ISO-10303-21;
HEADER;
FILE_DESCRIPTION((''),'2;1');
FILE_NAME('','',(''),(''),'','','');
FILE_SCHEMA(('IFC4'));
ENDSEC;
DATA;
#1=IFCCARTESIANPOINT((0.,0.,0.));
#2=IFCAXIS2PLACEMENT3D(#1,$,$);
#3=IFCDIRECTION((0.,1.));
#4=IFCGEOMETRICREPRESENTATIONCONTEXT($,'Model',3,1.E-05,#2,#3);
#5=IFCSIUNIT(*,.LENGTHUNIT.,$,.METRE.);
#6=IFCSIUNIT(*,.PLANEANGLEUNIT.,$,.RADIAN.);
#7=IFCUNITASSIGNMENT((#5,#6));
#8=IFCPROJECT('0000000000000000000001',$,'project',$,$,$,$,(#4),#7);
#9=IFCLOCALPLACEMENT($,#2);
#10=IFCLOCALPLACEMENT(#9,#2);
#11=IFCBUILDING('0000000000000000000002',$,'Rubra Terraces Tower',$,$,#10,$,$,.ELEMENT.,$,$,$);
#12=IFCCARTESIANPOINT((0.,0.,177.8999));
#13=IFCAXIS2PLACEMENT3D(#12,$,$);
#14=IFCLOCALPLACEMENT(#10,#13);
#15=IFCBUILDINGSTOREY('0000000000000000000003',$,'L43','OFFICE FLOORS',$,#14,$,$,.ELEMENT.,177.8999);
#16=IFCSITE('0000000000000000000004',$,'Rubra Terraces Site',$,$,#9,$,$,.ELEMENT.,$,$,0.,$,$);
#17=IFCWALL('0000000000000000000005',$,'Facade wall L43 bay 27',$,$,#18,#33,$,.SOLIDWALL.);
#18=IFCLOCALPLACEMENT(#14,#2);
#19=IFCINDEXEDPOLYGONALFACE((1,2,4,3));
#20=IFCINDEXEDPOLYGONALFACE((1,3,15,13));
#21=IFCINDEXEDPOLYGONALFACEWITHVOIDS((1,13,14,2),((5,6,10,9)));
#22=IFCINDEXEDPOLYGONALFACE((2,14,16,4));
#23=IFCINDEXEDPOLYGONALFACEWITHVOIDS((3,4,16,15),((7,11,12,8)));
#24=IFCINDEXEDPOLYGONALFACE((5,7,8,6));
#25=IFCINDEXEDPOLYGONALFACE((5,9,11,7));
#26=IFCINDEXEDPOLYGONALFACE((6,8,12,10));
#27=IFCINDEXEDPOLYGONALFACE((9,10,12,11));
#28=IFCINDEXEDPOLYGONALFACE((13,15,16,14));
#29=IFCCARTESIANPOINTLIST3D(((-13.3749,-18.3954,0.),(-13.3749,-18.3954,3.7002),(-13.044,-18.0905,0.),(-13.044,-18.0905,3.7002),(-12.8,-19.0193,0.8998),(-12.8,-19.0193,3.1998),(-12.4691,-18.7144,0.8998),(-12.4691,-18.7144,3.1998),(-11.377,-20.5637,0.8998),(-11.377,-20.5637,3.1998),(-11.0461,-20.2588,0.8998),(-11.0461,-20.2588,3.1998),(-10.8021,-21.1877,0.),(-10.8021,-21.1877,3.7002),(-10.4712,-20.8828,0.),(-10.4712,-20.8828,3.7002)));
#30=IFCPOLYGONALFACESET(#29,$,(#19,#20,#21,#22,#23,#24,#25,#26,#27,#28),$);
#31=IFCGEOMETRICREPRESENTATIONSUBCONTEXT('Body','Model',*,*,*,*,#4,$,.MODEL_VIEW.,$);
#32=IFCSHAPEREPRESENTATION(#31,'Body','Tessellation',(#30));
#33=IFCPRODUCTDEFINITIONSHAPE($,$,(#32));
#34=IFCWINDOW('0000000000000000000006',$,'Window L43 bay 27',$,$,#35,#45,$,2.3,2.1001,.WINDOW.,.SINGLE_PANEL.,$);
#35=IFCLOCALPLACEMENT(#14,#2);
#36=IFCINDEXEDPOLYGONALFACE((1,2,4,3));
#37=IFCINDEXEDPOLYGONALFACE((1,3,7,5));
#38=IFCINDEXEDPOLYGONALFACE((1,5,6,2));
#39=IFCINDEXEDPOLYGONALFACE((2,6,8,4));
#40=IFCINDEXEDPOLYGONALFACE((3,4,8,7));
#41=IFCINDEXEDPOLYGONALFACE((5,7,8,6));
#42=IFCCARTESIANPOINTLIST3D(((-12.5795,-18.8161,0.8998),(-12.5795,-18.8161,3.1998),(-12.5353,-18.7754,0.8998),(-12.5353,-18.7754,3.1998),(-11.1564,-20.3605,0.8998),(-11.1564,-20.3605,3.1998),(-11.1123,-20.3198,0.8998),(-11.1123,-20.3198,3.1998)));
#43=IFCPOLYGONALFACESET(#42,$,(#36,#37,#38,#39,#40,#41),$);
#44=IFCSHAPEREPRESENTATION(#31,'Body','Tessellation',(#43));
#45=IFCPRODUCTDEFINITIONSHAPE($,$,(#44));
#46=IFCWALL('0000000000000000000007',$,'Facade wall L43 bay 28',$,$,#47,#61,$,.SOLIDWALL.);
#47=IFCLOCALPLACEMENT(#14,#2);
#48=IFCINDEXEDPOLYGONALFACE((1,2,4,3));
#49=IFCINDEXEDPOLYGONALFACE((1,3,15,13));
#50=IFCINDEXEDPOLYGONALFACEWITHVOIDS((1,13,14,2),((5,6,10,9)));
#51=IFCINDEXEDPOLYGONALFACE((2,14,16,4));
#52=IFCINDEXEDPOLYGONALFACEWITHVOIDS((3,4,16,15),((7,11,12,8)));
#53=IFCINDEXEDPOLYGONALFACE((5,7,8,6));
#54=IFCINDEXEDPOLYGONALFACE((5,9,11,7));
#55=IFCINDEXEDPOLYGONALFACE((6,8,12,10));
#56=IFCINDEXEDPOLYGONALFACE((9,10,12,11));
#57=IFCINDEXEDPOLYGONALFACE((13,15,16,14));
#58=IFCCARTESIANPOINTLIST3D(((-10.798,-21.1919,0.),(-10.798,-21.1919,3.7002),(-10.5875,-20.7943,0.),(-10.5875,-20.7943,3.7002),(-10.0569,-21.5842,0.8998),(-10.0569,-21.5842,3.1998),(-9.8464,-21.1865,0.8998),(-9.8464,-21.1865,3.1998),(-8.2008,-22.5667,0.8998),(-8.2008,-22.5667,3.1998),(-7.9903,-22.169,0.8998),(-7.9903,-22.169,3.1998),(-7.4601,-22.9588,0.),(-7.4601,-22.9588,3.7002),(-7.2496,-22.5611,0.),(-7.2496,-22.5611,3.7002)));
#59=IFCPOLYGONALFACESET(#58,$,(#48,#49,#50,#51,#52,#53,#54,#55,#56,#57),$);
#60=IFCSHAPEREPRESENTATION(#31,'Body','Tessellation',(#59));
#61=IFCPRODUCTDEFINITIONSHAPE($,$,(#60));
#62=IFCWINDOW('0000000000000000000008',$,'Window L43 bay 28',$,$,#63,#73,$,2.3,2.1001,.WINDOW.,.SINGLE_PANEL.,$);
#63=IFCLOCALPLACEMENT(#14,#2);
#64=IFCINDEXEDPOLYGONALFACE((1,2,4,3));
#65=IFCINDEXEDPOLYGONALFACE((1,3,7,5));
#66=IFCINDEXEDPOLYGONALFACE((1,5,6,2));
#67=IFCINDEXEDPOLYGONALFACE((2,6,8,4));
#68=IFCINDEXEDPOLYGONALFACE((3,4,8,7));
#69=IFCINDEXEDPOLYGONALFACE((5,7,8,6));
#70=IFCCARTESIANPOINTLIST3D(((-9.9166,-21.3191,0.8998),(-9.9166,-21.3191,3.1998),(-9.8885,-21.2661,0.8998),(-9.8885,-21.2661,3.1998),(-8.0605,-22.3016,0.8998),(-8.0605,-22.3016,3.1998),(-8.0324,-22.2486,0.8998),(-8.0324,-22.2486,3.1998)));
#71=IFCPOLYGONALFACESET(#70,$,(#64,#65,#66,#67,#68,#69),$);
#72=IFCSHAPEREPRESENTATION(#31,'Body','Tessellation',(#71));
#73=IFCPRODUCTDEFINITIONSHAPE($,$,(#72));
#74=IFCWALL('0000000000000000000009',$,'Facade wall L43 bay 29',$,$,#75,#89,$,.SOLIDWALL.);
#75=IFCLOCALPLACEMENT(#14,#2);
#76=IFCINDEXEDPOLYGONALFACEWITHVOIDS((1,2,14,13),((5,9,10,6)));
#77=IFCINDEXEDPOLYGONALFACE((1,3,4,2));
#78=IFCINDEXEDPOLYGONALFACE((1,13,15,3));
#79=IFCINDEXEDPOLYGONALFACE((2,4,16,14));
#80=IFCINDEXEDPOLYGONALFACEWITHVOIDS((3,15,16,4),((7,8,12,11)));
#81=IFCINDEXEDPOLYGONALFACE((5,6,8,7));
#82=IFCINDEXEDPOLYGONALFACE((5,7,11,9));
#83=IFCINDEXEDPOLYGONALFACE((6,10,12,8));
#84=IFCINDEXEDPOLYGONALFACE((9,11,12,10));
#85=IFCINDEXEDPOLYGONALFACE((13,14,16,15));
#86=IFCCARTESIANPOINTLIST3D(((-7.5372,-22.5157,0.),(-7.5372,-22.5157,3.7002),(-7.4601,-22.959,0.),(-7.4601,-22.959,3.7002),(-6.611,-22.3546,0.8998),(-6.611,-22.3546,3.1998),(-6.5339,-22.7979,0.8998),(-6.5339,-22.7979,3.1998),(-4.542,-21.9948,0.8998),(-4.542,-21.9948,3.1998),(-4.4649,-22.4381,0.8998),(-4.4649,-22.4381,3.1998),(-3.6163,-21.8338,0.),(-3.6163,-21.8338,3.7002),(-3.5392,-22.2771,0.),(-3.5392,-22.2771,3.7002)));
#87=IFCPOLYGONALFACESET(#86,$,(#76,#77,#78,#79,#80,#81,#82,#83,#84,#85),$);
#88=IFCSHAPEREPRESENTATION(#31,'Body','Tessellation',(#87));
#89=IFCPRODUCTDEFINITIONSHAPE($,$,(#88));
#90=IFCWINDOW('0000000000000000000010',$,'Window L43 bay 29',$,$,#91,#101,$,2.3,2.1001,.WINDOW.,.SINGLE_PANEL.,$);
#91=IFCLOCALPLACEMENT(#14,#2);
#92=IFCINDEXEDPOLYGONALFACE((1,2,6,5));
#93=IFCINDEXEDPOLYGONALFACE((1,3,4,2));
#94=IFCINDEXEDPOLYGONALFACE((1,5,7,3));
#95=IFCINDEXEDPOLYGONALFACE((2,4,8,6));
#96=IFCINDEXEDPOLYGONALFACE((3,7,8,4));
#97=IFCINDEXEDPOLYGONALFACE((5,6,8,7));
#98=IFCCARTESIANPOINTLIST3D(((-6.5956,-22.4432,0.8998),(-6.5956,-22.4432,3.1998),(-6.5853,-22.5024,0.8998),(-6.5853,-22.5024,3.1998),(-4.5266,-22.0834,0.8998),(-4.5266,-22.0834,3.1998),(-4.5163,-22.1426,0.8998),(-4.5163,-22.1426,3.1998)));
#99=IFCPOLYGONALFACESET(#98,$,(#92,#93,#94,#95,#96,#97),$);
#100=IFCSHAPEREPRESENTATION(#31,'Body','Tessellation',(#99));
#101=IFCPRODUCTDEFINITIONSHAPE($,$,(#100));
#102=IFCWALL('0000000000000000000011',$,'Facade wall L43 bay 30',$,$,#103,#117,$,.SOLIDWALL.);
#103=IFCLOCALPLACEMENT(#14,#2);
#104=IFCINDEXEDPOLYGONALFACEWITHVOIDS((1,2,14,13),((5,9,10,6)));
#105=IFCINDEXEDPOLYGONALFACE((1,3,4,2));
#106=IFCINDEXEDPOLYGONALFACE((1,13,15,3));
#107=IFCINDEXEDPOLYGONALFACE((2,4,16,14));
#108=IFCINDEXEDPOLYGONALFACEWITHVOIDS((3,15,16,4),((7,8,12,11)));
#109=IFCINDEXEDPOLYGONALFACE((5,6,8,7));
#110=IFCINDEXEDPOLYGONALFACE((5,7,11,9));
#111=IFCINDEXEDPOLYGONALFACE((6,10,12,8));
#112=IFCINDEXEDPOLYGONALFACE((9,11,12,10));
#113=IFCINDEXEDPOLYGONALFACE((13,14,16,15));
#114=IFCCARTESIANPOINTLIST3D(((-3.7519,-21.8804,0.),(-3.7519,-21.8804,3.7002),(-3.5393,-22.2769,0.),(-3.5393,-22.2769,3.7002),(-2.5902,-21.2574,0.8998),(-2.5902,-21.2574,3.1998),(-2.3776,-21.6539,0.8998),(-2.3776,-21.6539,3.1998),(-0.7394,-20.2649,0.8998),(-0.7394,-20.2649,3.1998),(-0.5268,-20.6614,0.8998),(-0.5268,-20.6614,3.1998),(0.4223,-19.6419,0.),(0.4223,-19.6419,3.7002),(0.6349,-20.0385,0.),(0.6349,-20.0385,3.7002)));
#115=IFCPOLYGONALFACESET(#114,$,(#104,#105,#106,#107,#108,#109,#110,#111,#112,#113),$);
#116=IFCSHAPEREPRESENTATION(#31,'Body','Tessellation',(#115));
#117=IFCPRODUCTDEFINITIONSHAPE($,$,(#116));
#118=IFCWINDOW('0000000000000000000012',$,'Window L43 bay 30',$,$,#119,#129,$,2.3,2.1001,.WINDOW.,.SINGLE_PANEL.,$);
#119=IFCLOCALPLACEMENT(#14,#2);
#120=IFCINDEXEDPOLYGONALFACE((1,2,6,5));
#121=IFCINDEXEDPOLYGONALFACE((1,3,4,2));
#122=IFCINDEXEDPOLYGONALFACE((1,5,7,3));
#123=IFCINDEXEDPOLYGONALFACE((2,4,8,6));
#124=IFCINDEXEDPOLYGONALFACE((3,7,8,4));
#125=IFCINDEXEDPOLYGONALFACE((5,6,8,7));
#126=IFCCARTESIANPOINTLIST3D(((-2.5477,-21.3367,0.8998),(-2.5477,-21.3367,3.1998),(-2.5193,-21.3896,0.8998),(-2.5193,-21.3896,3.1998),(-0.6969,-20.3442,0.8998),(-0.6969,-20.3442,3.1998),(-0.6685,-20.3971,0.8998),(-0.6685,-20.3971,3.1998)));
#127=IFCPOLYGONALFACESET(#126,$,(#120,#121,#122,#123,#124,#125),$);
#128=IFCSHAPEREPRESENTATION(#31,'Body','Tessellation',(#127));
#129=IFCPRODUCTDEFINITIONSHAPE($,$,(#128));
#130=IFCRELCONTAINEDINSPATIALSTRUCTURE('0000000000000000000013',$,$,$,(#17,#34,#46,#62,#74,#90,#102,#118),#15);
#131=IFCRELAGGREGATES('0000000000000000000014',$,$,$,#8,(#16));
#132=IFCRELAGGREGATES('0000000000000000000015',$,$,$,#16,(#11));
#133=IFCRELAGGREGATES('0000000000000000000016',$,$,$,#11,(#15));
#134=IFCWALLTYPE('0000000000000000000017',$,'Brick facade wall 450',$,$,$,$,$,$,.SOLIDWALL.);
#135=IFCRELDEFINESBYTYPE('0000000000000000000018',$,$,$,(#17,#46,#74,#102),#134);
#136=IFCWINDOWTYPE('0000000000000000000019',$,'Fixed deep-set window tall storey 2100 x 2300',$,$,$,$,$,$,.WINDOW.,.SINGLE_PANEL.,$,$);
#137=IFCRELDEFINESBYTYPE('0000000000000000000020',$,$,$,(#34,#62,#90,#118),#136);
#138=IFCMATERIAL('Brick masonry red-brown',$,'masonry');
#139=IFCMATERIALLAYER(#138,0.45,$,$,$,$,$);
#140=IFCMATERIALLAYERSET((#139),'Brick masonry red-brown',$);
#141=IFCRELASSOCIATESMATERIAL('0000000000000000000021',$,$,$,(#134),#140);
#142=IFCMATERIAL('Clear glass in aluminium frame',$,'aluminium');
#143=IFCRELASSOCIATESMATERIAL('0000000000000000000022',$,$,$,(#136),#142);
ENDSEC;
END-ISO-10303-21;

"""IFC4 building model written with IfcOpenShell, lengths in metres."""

from ifc_helpers import new_model, si_unit, direction, frame, frame_2d, origin, place, context, subcontext, project, spatial, rectangle, extrude, material, layer, layer_set, type_object, element, fill, save


model = new_model("IFC4")

# Units and contexts
model_context = context("Model", 3, precision=1e-05, world=origin(), true_north=direction((0.0, 1.0)))
body_context = subcontext(model_context, "Body", "Model", "MODEL_VIEW")
ifc_project = project(units=[si_unit("LENGTHUNIT", "METRE"), si_unit("PLANEANGLEUNIT", "RADIAN")], contexts=[model_context])

# Site, building, storey
site_placement = place(None, origin())
site = spatial("IfcSite", under=ifc_project, at=site_placement, Name="Rubra Terraces Site", CompositionType="ELEMENT", RefElevation=0.0)
building_placement = place(site_placement, origin())
building = spatial("IfcBuilding", under=site, at=building_placement, Name="Rubra Terraces Tower", CompositionType="ELEMENT")
storey_placement = place(building_placement, frame((0.0, 0.0, 177.8999)))
storey = spatial("IfcBuildingStorey", under=building, at=storey_placement, Name="L43", Description="OFFICE FLOORS", CompositionType="ELEMENT", Elevation=177.8999)

# Walls, openings, windows
ifc_material_1 = material(Name="Brick masonry red-brown", Category="masonry")
ifc_layer_1 = layer(ifc_material_1, 0.45)
ifc_layer_set_1 = layer_set([ifc_layer_1], Name="Brick masonry red-brown")
wall_type_1 = type_object("IfcWallType", Name="Brick facade wall 450", PredefinedType="SOLIDWALL", material=ifc_layer_set_1)
wall_1_placement = place(storey_placement, frame((-13.2095, -18.2429, 0.0), z_axis=(0.0, 0.0, 1.0), x_axis=(0.677612, -0.735419, 0.0)))
wall_1 = element("IfcWall", 1, at=wall_1_placement, inside=storey, type_object=wall_type_1, Name="Facade wall L43 bay 27", PredefinedType="SOLIDWALL", context=body_context, shape_type="SweptSolid", body=[
    extrude(rectangle(XDim=3.7969, YDim=0.45, at=frame_2d((1.8984, 0.0))), origin(), (0.0, 0.0, 1.0), 3.7002),
])
opening_1_placement = place(wall_1_placement, frame((0.8484, 0.0, 0.8999)))
opening_1 = element("IfcOpeningElement", 2, at=opening_1_placement, cuts=wall_1, PredefinedType="OPENING", context=body_context, shape_type="SweptSolid", body=[
    extrude(rectangle(XDim=2.1001, YDim=2.3, at=frame_2d((1.05, 1.1499))), frame((0.0, 0.2349, 0.0), z_axis=(0.0, -1.0, 0.0), x_axis=(1.0, 0.0, 0.0)), (0.0, 0.0, 1.0), 0.47),
])
ifc_material_2 = material(Name="Clear glass in aluminium frame", Category="aluminium")
window_type = type_object("IfcWindowType", Name="Fixed deep-set window tall storey 2100 x 2300", PartitioningType="SINGLE_PANEL", PredefinedType="WINDOW", material=ifc_material_2)
window_1_placement = place(opening_1_placement, origin())
window_1 = element("IfcWindow", 3, at=window_1_placement, inside=storey, type_object=window_type, Name="Window L43 bay 27", OverallHeight=2.3, OverallWidth=2.1001, PartitioningType="SINGLE_PANEL", PredefinedType="WINDOW", context=body_context, shape_type="SweptSolid", body=[
    extrude(rectangle(XDim=2.1001, YDim=2.3, at=frame_2d((1.05, 1.1499))), frame((0.0, 0.135, 0.0), z_axis=(0.0, -1.0, 0.0), x_axis=(1.0, 0.0, 0.0)), (0.0, 0.0, 1.0), 0.0601),
])
fill(opening_1, window_1)
wall_2_placement = place(storey_placement, frame((-10.6926, -20.9932, 0.0), z_axis=(0.0, 0.0, 1.0), x_axis=(0.883818, -0.467831, 0.0)))
wall_2 = element("IfcWall", 4, at=wall_2_placement, inside=storey, type_object=wall_type_1, Name="Facade wall L43 bay 28", PredefinedType="SOLIDWALL", context=body_context, shape_type="SweptSolid", body=[
    extrude(rectangle(XDim=3.7766, YDim=0.45, at=frame_2d((1.8882, 0.0))), origin(), (0.0, 0.0, 1.0), 3.7002),
])
opening_2_placement = place(wall_2_placement, frame((0.8384, 0.0, 0.8999)))
opening_2 = element("IfcOpeningElement", 5, at=opening_2_placement, cuts=wall_2, PredefinedType="OPENING", context=body_context, shape_type="SweptSolid", body=[
    extrude(rectangle(XDim=2.1001, YDim=2.3, at=frame_2d((1.05, 1.1499))), frame((0.0, 0.2349, 0.0), z_axis=(0.0, -1.0, 0.0), x_axis=(1.0, 0.0, 0.0)), (0.0, 0.0, 1.0), 0.47),
])
window_2_placement = place(opening_2_placement, origin())
window_2 = element("IfcWindow", 6, at=window_2_placement, inside=storey, type_object=window_type, Name="Window L43 bay 28", OverallHeight=2.3, OverallWidth=2.1001, PartitioningType="SINGLE_PANEL", PredefinedType="WINDOW", context=body_context, shape_type="SweptSolid", body=[
    extrude(rectangle(XDim=2.1001, YDim=2.3, at=frame_2d((1.05, 1.1499))), frame((0.0, 0.135, 0.0), z_axis=(0.0, -1.0, 0.0), x_axis=(1.0, 0.0, 0.0)), (0.0, 0.0, 1.0), 0.0601),
])
fill(opening_2, window_2)
wall_3_placement = place(storey_placement, frame((-7.4985, -22.7373, 0.0), z_axis=(0.0, 0.0, 1.0), x_axis=(0.985212, 0.171339, 0.0)))
wall_3 = element("IfcWall", 7, at=wall_3_placement, inside=storey, type_object=wall_type_1, Name="Facade wall L43 bay 29", PredefinedType="SOLIDWALL", context=body_context, shape_type="SweptSolid", body=[
    extrude(rectangle(XDim=3.9797, YDim=0.45, at=frame_2d((1.9897, 0.0))), origin(), (0.0, 0.0, 1.0), 3.7002),
])
opening_3_placement = place(wall_3_placement, frame((0.9399, 0.0, 0.8999)))
opening_3 = element("IfcOpeningElement", 8, at=opening_3_placement, cuts=wall_3, PredefinedType="OPENING", context=body_context, shape_type="SweptSolid", body=[
    extrude(rectangle(XDim=2.1001, YDim=2.3, at=frame_2d((1.05, 1.1499))), frame((0.0, 0.2349, 0.0), z_axis=(0.0, -1.0, 0.0), x_axis=(1.0, 0.0, 0.0)), (0.0, 0.0, 1.0), 0.47),
])
window_3_placement = place(opening_3_placement, origin())
window_3 = element("IfcWindow", 9, at=window_3_placement, inside=storey, type_object=window_type, Name="Window L43 bay 29", OverallHeight=2.3, OverallWidth=2.1001, PartitioningType="SINGLE_PANEL", PredefinedType="WINDOW", context=body_context, shape_type="SweptSolid", body=[
    extrude(rectangle(XDim=2.1001, YDim=2.3, at=frame_2d((1.05, 1.1499))), frame((0.0, 0.135, 0.0), z_axis=(0.0, -1.0, 0.0), x_axis=(1.0, 0.0, 0.0)), (0.0, 0.0, 1.0), 0.0601),
])
fill(opening_3, window_3)
wall_4_placement = place(storey_placement, frame((-3.6455, -22.0786, 0.0), z_axis=(0.0, 0.0, 1.0), x_axis=(0.881279, 0.472596, 0.0)))
wall_4 = element("IfcWall", 10, at=wall_4_placement, inside=storey, type_object=wall_type_1, Name="Facade wall L43 bay 30", PredefinedType="SOLIDWALL", context=body_context, shape_type="SweptSolid", body=[
    extrude(rectangle(XDim=4.7366, YDim=0.45, at=frame_2d((2.3682, 0.0))), origin(), (0.0, 0.0, 1.0), 3.7002),
])
opening_4_placement = place(wall_4_placement, frame((1.3181, 0.0, 0.8999)))
opening_4 = element("IfcOpeningElement", 11, at=opening_4_placement, cuts=wall_4, PredefinedType="OPENING", context=body_context, shape_type="SweptSolid", body=[
    extrude(rectangle(XDim=2.1001, YDim=2.3, at=frame_2d((1.05, 1.1499))), frame((0.0, 0.2349, 0.0), z_axis=(0.0, -1.0, 0.0), x_axis=(1.0, 0.0, 0.0)), (0.0, 0.0, 1.0), 0.47),
])
window_4_placement = place(opening_4_placement, origin())
window_4 = element("IfcWindow", 12, at=window_4_placement, inside=storey, type_object=window_type, Name="Window L43 bay 30", OverallHeight=2.3, OverallWidth=2.1001, PartitioningType="SINGLE_PANEL", PredefinedType="WINDOW", context=body_context, shape_type="SweptSolid", body=[
    extrude(rectangle(XDim=2.1001, YDim=2.3, at=frame_2d((1.05, 1.1499))), frame((0.0, 0.135, 0.0), z_axis=(0.0, -1.0, 0.0), x_axis=(1.0, 0.0, 0.0)), (0.0, 0.0, 1.0), 0.0601),
])
fill(opening_4, window_4)

save(model, "model.ifc")
